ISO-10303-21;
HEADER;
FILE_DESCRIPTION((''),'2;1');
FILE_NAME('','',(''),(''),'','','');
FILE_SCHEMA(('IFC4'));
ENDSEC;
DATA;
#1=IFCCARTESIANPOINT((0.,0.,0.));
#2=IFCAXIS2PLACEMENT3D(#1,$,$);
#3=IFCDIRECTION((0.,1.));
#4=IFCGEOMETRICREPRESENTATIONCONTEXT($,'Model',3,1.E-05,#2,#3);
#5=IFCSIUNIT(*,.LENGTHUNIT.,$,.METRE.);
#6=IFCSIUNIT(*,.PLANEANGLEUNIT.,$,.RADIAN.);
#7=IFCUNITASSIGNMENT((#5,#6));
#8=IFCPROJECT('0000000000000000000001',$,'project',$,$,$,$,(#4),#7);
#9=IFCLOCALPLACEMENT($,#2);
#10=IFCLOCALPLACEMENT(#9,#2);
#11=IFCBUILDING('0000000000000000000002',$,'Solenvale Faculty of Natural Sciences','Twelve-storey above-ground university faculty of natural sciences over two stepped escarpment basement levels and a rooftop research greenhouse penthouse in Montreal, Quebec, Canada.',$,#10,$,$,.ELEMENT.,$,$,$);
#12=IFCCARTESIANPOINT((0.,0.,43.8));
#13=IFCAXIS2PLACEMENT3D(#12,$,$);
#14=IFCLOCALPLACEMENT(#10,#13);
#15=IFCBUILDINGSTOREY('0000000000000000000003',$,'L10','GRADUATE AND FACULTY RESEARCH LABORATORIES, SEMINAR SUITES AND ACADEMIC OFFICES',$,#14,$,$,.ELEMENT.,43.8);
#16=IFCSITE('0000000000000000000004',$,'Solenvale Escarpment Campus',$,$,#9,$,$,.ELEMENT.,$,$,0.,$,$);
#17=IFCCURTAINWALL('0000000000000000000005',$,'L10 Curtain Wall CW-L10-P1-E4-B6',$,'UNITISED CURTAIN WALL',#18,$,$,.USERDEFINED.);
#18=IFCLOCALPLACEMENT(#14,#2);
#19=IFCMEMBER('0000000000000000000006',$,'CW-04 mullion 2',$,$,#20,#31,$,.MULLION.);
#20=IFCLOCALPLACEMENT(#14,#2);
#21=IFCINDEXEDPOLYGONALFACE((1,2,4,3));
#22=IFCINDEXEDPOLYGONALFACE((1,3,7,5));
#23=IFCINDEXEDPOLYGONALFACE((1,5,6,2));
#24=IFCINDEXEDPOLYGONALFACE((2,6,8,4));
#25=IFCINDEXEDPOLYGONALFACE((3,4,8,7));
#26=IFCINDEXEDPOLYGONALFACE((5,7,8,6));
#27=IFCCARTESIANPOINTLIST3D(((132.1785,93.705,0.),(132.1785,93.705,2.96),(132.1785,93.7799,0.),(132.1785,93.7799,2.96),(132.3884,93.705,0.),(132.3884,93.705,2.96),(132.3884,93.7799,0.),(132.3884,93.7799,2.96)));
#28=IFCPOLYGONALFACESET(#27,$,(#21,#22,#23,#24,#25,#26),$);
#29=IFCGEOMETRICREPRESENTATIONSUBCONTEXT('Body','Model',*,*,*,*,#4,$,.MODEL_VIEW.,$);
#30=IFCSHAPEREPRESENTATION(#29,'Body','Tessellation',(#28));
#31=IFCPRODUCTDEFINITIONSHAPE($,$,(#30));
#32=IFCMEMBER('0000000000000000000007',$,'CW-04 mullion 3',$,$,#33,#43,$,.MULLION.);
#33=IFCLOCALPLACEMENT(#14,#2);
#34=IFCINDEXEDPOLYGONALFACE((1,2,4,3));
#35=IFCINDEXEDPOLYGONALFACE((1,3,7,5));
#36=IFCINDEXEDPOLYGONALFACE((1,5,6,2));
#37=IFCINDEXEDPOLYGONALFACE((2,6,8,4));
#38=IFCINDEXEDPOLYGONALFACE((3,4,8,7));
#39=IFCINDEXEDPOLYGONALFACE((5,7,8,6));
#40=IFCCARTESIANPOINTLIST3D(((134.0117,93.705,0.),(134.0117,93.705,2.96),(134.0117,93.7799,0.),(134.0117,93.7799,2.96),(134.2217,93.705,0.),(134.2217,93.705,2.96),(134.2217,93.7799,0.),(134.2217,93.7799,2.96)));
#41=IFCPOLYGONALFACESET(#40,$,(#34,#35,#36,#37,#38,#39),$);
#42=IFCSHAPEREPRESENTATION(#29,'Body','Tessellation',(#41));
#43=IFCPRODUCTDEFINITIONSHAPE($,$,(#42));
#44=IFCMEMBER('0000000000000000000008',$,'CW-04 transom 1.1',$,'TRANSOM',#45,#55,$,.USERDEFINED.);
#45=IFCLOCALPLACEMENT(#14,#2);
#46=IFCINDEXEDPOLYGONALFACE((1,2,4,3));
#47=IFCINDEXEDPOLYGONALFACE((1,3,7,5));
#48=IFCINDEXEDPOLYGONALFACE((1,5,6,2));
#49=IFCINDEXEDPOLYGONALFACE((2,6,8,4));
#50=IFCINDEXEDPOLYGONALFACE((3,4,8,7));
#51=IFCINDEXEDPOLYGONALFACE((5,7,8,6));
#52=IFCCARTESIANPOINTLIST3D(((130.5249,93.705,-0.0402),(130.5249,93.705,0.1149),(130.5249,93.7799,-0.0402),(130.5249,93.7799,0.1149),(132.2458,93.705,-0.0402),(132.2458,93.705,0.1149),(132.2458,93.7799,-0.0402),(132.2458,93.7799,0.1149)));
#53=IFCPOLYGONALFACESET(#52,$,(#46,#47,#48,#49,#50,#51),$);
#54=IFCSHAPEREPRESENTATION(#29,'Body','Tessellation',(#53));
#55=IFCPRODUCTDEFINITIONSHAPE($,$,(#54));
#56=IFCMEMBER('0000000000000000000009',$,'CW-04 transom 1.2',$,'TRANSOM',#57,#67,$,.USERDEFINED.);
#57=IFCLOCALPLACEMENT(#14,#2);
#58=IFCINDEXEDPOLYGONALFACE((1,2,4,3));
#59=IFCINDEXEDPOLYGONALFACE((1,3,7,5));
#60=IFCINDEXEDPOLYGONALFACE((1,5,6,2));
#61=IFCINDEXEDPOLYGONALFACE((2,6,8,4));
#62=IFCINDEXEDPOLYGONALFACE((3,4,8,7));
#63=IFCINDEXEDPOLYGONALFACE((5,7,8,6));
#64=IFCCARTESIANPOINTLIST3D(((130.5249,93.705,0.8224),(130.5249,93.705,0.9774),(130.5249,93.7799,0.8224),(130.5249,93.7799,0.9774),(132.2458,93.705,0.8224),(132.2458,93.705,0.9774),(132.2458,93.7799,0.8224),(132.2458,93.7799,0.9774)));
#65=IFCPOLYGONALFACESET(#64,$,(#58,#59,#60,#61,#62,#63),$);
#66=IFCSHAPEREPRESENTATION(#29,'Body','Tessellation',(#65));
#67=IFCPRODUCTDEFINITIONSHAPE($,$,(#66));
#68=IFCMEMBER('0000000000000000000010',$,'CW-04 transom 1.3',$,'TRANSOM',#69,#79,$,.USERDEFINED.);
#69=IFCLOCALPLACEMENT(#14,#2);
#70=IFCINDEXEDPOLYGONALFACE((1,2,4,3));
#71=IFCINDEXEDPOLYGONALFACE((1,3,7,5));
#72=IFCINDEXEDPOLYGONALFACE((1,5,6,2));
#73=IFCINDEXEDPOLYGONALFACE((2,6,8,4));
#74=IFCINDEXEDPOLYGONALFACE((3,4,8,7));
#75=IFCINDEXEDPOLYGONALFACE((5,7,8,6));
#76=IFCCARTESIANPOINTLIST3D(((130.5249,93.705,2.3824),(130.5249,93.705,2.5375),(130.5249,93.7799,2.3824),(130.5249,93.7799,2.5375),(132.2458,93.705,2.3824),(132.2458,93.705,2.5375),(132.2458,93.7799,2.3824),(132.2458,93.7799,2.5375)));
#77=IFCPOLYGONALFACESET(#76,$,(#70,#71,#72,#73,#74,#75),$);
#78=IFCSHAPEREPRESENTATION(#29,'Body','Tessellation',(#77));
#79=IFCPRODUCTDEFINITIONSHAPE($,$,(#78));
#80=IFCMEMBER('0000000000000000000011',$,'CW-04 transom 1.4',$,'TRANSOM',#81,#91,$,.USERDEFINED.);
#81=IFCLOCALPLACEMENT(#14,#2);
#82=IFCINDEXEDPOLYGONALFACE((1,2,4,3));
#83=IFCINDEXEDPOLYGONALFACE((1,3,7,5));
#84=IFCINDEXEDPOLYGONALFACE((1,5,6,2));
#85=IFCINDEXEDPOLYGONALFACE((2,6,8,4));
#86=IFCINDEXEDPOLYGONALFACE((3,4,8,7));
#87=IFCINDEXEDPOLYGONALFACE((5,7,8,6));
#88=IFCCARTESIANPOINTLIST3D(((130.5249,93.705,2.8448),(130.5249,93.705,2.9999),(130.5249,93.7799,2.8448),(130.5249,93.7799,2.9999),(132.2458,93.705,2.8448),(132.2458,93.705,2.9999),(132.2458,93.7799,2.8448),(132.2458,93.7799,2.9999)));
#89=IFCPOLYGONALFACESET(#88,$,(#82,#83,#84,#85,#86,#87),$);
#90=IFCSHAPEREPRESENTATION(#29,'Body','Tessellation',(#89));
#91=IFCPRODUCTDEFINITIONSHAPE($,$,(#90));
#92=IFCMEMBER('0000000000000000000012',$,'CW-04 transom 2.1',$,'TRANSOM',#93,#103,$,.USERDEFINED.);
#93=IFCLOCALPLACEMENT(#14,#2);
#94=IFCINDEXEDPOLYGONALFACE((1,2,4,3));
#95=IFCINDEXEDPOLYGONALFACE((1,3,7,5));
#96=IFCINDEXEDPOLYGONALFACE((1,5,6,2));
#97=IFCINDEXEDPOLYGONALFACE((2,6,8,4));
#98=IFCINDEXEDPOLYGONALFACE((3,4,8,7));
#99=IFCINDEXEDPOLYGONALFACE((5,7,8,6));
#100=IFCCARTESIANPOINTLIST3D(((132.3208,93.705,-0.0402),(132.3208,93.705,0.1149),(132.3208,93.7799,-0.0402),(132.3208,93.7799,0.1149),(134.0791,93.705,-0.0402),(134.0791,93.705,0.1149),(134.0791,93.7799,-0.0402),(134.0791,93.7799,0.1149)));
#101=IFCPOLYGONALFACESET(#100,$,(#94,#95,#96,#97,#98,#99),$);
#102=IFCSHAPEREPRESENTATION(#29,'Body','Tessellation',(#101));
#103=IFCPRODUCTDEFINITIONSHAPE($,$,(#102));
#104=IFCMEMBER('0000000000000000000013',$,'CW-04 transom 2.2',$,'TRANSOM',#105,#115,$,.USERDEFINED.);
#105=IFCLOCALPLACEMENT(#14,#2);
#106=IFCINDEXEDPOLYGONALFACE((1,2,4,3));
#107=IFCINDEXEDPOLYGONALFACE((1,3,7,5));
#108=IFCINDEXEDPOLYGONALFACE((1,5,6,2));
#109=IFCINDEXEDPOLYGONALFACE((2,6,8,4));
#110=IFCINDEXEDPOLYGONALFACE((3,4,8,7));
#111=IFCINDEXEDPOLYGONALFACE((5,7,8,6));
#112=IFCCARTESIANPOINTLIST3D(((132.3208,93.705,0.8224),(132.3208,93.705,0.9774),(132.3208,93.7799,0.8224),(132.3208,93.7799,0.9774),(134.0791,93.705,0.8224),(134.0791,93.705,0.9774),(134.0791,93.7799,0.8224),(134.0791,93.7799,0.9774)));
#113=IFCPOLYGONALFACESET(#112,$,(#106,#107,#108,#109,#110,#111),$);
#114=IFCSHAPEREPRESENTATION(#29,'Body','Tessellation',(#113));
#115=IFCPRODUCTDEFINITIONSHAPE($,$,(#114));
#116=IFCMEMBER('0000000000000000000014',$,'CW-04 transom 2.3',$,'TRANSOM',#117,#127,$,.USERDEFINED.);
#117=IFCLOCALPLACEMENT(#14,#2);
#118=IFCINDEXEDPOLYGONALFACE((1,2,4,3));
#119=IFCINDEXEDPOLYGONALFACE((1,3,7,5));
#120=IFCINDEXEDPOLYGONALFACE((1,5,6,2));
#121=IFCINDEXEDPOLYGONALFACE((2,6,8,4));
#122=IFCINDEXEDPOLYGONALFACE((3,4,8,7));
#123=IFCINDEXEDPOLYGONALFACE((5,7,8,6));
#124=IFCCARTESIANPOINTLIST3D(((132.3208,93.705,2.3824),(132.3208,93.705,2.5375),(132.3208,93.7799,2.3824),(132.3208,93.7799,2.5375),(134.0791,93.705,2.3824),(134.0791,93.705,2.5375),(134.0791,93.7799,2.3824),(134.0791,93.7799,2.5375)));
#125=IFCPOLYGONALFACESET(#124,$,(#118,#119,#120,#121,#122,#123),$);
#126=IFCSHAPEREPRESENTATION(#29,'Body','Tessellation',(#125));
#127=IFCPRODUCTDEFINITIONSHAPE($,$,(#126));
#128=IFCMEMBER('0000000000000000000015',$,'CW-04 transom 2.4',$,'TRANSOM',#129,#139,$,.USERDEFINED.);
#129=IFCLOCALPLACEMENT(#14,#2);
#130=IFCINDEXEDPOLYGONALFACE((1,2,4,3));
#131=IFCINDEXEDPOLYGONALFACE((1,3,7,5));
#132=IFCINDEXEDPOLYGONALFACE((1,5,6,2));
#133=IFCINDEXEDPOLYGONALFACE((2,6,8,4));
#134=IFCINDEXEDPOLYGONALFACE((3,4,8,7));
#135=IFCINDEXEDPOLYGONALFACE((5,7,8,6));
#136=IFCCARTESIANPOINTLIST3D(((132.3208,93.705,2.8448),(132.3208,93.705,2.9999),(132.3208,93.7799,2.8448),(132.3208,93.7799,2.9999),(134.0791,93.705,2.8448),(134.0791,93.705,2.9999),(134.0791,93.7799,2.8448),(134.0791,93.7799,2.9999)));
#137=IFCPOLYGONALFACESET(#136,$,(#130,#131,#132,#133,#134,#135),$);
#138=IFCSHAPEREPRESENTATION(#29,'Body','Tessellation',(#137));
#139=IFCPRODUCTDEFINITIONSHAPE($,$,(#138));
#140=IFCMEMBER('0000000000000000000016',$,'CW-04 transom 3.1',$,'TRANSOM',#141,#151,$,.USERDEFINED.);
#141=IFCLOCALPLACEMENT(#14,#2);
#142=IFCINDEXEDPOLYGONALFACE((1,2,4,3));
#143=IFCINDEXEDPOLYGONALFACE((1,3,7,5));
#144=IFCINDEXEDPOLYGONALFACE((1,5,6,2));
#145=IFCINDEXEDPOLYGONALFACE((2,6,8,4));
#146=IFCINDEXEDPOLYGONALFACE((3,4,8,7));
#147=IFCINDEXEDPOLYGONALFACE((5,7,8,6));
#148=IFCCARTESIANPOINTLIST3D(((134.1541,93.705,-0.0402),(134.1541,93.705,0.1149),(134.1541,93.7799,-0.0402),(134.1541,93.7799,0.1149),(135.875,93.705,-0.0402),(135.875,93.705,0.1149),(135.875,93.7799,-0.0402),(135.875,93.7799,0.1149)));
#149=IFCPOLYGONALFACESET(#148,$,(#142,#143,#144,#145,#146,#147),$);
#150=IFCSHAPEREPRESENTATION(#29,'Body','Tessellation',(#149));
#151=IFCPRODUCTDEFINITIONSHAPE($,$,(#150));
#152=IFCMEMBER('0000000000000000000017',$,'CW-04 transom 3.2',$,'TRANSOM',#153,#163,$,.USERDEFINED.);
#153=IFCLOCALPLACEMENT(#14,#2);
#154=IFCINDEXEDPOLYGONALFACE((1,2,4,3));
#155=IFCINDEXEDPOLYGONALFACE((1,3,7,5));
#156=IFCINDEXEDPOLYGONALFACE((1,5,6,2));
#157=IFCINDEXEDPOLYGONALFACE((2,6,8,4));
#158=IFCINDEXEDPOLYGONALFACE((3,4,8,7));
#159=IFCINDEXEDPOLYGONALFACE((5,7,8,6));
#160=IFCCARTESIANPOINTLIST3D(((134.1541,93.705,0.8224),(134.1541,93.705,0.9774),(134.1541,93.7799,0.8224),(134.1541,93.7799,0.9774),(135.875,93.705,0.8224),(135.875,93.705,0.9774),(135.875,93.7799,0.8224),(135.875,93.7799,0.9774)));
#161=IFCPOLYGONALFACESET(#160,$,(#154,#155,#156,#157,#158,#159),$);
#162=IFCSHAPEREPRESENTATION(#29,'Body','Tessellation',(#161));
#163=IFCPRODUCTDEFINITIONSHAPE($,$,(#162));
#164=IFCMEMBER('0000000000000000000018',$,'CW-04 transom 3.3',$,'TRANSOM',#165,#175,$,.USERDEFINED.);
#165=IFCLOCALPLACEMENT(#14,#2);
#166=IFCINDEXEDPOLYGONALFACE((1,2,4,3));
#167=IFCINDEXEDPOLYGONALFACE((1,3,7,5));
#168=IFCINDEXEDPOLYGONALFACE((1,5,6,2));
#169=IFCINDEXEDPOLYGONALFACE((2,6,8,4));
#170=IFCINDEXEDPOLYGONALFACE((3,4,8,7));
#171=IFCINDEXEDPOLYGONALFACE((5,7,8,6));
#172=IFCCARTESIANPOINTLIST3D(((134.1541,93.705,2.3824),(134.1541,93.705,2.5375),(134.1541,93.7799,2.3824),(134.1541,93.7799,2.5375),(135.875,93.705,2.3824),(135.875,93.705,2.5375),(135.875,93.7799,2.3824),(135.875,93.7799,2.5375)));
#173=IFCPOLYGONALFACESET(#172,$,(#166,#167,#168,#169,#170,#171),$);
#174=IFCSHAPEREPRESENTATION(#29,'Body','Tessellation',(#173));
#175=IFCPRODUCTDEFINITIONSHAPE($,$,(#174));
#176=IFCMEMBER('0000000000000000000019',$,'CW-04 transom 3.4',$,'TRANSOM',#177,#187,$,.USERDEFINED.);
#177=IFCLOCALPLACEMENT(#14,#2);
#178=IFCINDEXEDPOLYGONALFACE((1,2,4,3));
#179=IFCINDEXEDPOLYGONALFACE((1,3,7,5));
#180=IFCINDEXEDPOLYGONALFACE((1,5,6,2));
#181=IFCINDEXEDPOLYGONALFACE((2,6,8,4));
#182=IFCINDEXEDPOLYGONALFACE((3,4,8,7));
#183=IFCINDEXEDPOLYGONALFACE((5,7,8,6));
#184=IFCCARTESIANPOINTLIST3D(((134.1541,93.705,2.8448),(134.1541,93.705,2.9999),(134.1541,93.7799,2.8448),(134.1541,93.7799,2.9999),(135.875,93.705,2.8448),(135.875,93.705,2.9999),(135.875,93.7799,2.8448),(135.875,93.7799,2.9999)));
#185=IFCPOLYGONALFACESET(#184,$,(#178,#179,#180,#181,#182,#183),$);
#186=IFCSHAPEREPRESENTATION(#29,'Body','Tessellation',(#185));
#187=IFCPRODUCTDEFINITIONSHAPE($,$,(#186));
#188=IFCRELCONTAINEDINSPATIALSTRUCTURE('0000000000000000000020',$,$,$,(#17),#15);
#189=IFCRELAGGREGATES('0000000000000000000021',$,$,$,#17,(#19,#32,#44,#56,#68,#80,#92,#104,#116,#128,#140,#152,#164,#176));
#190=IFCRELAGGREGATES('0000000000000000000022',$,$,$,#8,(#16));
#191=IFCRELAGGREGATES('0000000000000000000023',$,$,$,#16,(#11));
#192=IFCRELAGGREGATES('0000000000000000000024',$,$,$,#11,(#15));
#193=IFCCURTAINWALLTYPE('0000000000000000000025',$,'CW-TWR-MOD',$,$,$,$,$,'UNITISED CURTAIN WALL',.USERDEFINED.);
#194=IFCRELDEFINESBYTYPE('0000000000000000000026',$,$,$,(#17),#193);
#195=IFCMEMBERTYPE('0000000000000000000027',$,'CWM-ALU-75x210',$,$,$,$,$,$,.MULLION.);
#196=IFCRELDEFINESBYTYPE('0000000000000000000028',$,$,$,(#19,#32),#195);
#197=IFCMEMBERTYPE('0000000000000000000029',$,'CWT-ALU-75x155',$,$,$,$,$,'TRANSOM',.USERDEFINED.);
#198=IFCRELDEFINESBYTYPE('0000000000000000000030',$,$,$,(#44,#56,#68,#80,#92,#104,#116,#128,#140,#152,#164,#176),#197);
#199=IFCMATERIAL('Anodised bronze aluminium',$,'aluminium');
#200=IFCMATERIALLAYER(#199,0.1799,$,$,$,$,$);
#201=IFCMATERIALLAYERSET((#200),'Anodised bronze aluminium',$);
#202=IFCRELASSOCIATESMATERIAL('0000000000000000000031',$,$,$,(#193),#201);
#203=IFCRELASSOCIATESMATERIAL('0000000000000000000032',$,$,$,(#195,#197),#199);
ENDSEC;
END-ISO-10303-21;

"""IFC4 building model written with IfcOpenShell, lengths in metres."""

from ifc_helpers import new_model, si_unit, direction, frame, origin, origin_2d, place, context, subcontext, project, spatial, rectangle, extrude, material, layer, layer_set, material_profile, profile_set, type_object, element, aggregate, save


model = new_model("IFC4")

# Units and contexts
model_context = context("Model", 3, precision=1e-05, world=origin(), true_north=direction((0.0, 1.0)))
body_context = subcontext(model_context, "Body", "Model", "MODEL_VIEW")
ifc_project = project(units=[si_unit("LENGTHUNIT", "METRE"), si_unit("PLANEANGLEUNIT", "RADIAN")], contexts=[model_context])

# Site, building, storey
site_placement = place(None, origin())
site = spatial("IfcSite", under=ifc_project, at=site_placement, Name="Solenvale Escarpment Campus", CompositionType="ELEMENT", RefElevation=0.0)
building_placement = place(site_placement, origin())
building = spatial("IfcBuilding", under=site, at=building_placement, Name="Solenvale Faculty of Natural Sciences", Description="Twelve-storey above-ground university faculty of natural sciences over two stepped escarpment basement levels and a rooftop research greenhouse penthouse in Montreal, Quebec, Canada.", CompositionType="ELEMENT")
storey_placement = place(building_placement, frame((0.0, 0.0, 43.8)))
storey = spatial("IfcBuildingStorey", under=building, at=storey_placement, Name="L10", Description="GRADUATE AND FACULTY RESEARCH LABORATORIES, SEMINAR SUITES AND ACADEMIC OFFICES", CompositionType="ELEMENT", Elevation=43.8)

# Curtain wall, members
ifc_material_1 = material(Name="Anodised bronze aluminium", Category="aluminium")
ifc_layer_1 = layer(ifc_material_1, 0.1799)
ifc_layer_set_1 = layer_set([ifc_layer_1], Name="Anodised bronze aluminium")
curtain_wall_type = type_object("IfcCurtainWallType", Name="CW-TWR-MOD", ElementType="UNITISED CURTAIN WALL", PredefinedType="USERDEFINED", material=ifc_layer_set_1)
curtain_wall_placement = place(storey_placement, origin())
curtain_wall = element("IfcCurtainWall", 1, at=curtain_wall_placement, inside=storey, type_object=curtain_wall_type, Name="L10 Curtain Wall CW-L10-P1-E4-B6", ObjectType="UNITISED CURTAIN WALL", PredefinedType="USERDEFINED")
ifc_material_profile_1 = material_profile(ifc_material_1, rectangle(XDim=0.075, YDim=0.21, at=origin_2d()), Name="ALU-MUL-75x210")
ifc_profile_set_1 = profile_set([ifc_material_profile_1], Name="Anodised bronze aluminium")
member_type_1 = type_object("IfcMemberType", Name="CWM-ALU-75x210", PredefinedType="MULLION", material=ifc_profile_set_1)
member_1_placement = place(storey_placement, frame((132.2834, 93.7424, 0.0), z_axis=(0.0, 0.0, 1.0), x_axis=(0.0, 1.0, 0.0)))
member_1 = element("IfcMember", 2, at=member_1_placement, type_object=member_type_1, Name="CW-04 mullion 2", PredefinedType="MULLION", context=body_context, shape_type="SweptSolid", body=[
    extrude(rectangle(XDim=0.075, YDim=0.21, at=origin_2d()), origin(), (0.0, 0.0, 1.0), 2.96),
])
member_2_placement = place(storey_placement, frame((134.1167, 93.7424, 0.0), z_axis=(0.0, 0.0, 1.0), x_axis=(0.0, 1.0, 0.0)))
member_2 = element("IfcMember", 3, at=member_2_placement, type_object=member_type_1, Name="CW-04 mullion 3", PredefinedType="MULLION", context=body_context, shape_type="SweptSolid", body=[
    extrude(rectangle(XDim=0.075, YDim=0.21, at=origin_2d()), origin(), (0.0, 0.0, 1.0), 2.96),
])
ifc_material_profile_2 = material_profile(ifc_material_1, rectangle(XDim=0.075, YDim=0.155, at=origin_2d()), Name="ALU-TRN-75x155")
ifc_profile_set_2 = profile_set([ifc_material_profile_2], Name="Anodised bronze aluminium")
member_type_2 = type_object("IfcMemberType", Name="CWT-ALU-75x155", ElementType="TRANSOM", PredefinedType="USERDEFINED", material=ifc_profile_set_2)
member_3_placement = place(storey_placement, frame((130.5249, 93.7424, 0.0374), z_axis=(1.0, 0.0, 0.0), x_axis=(0.0, 1.0, 0.0)))
member_3 = element("IfcMember", 4, at=member_3_placement, type_object=member_type_2, Name="CW-04 transom 1.1", ObjectType="TRANSOM", PredefinedType="USERDEFINED", context=body_context, shape_type="SweptSolid", body=[
    extrude(rectangle(XDim=0.075, YDim=0.155, at=origin_2d()), origin(), (0.0, 0.0, 1.0), 1.7209),
])
member_4_placement = place(storey_placement, frame((130.5249, 93.7424, 0.8999), z_axis=(1.0, 0.0, 0.0), x_axis=(0.0, 1.0, 0.0)))
member_4 = element("IfcMember", 5, at=member_4_placement, type_object=member_type_2, Name="CW-04 transom 1.2", ObjectType="TRANSOM", PredefinedType="USERDEFINED", context=body_context, shape_type="SweptSolid", body=[
    extrude(rectangle(XDim=0.075, YDim=0.155, at=origin_2d()), origin(), (0.0, 0.0, 1.0), 1.7209),
])
member_5_placement = place(storey_placement, frame((130.5249, 93.7424, 2.46), z_axis=(1.0, 0.0, 0.0), x_axis=(0.0, 1.0, 0.0)))
member_5 = element("IfcMember", 6, at=member_5_placement, type_object=member_type_2, Name="CW-04 transom 1.3", ObjectType="TRANSOM", PredefinedType="USERDEFINED", context=body_context, shape_type="SweptSolid", body=[
    extrude(rectangle(XDim=0.075, YDim=0.155, at=origin_2d()), origin(), (0.0, 0.0, 1.0), 1.7209),
])
member_6_placement = place(storey_placement, frame((130.5249, 93.7424, 2.9224), z_axis=(1.0, 0.0, 0.0), x_axis=(0.0, 1.0, 0.0)))
member_6 = element("IfcMember", 7, at=member_6_placement, type_object=member_type_2, Name="CW-04 transom 1.4", ObjectType="TRANSOM", PredefinedType="USERDEFINED", context=body_context, shape_type="SweptSolid", body=[
    extrude(rectangle(XDim=0.075, YDim=0.155, at=origin_2d()), origin(), (0.0, 0.0, 1.0), 1.7209),
])
member_7_placement = place(storey_placement, frame((132.3208, 93.7424, 0.0374), z_axis=(1.0, 0.0, 0.0), x_axis=(0.0, 1.0, 0.0)))
member_7 = element("IfcMember", 8, at=member_7_placement, type_object=member_type_2, Name="CW-04 transom 2.1", ObjectType="TRANSOM", PredefinedType="USERDEFINED", context=body_context, shape_type="SweptSolid", body=[
    extrude(rectangle(XDim=0.075, YDim=0.155, at=origin_2d()), origin(), (0.0, 0.0, 1.0), 1.7583),
])
member_8_placement = place(storey_placement, frame((132.3208, 93.7424, 0.8999), z_axis=(1.0, 0.0, 0.0), x_axis=(0.0, 1.0, 0.0)))
member_8 = element("IfcMember", 9, at=member_8_placement, type_object=member_type_2, Name="CW-04 transom 2.2", ObjectType="TRANSOM", PredefinedType="USERDEFINED", context=body_context, shape_type="SweptSolid", body=[
    extrude(rectangle(XDim=0.075, YDim=0.155, at=origin_2d()), origin(), (0.0, 0.0, 1.0), 1.7583),
])
member_9_placement = place(storey_placement, frame((132.3208, 93.7424, 2.46), z_axis=(1.0, 0.0, 0.0), x_axis=(0.0, 1.0, 0.0)))
member_9 = element("IfcMember", 10, at=member_9_placement, type_object=member_type_2, Name="CW-04 transom 2.3", ObjectType="TRANSOM", PredefinedType="USERDEFINED", context=body_context, shape_type="SweptSolid", body=[
    extrude(rectangle(XDim=0.075, YDim=0.155, at=origin_2d()), origin(), (0.0, 0.0, 1.0), 1.7583),
])
member_10_placement = place(storey_placement, frame((132.3208, 93.7424, 2.9224), z_axis=(1.0, 0.0, 0.0), x_axis=(0.0, 1.0, 0.0)))
member_10 = element("IfcMember", 11, at=member_10_placement, type_object=member_type_2, Name="CW-04 transom 2.4", ObjectType="TRANSOM", PredefinedType="USERDEFINED", context=body_context, shape_type="SweptSolid", body=[
    extrude(rectangle(XDim=0.075, YDim=0.155, at=origin_2d()), origin(), (0.0, 0.0, 1.0), 1.7583),
])
member_11_placement = place(storey_placement, frame((134.1541, 93.7424, 0.0374), z_axis=(1.0, 0.0, 0.0), x_axis=(0.0, 1.0, 0.0)))
member_11 = element("IfcMember", 12, at=member_11_placement, type_object=member_type_2, Name="CW-04 transom 3.1", ObjectType="TRANSOM", PredefinedType="USERDEFINED", context=body_context, shape_type="SweptSolid", body=[
    extrude(rectangle(XDim=0.075, YDim=0.155, at=origin_2d()), origin(), (0.0, 0.0, 1.0), 1.7209),
])
member_12_placement = place(storey_placement, frame((134.1541, 93.7424, 0.8999), z_axis=(1.0, 0.0, 0.0), x_axis=(0.0, 1.0, 0.0)))
member_12 = element("IfcMember", 13, at=member_12_placement, type_object=member_type_2, Name="CW-04 transom 3.2", ObjectType="TRANSOM", PredefinedType="USERDEFINED", context=body_context, shape_type="SweptSolid", body=[
    extrude(rectangle(XDim=0.075, YDim=0.155, at=origin_2d()), origin(), (0.0, 0.0, 1.0), 1.7209),
])
member_13_placement = place(storey_placement, frame((134.1541, 93.7424, 2.46), z_axis=(1.0, 0.0, 0.0), x_axis=(0.0, 1.0, 0.0)))
member_13 = element("IfcMember", 14, at=member_13_placement, type_object=member_type_2, Name="CW-04 transom 3.3", ObjectType="TRANSOM", PredefinedType="USERDEFINED", context=body_context, shape_type="SweptSolid", body=[
    extrude(rectangle(XDim=0.075, YDim=0.155, at=origin_2d()), origin(), (0.0, 0.0, 1.0), 1.7209),
])
member_14_placement = place(storey_placement, frame((134.1541, 93.7424, 2.9224), z_axis=(1.0, 0.0, 0.0), x_axis=(0.0, 1.0, 0.0)))
member_14 = element("IfcMember", 15, at=member_14_placement, type_object=member_type_2, Name="CW-04 transom 3.4", ObjectType="TRANSOM", PredefinedType="USERDEFINED", context=body_context, shape_type="SweptSolid", body=[
    extrude(rectangle(XDim=0.075, YDim=0.155, at=origin_2d()), origin(), (0.0, 0.0, 1.0), 1.7209),
])
aggregate(curtain_wall, [member_1, member_2, member_3, member_4, member_5, member_6, member_7, member_8, member_9, member_10, member_11, member_12, member_13, member_14])

save(model, "model.ifc")
